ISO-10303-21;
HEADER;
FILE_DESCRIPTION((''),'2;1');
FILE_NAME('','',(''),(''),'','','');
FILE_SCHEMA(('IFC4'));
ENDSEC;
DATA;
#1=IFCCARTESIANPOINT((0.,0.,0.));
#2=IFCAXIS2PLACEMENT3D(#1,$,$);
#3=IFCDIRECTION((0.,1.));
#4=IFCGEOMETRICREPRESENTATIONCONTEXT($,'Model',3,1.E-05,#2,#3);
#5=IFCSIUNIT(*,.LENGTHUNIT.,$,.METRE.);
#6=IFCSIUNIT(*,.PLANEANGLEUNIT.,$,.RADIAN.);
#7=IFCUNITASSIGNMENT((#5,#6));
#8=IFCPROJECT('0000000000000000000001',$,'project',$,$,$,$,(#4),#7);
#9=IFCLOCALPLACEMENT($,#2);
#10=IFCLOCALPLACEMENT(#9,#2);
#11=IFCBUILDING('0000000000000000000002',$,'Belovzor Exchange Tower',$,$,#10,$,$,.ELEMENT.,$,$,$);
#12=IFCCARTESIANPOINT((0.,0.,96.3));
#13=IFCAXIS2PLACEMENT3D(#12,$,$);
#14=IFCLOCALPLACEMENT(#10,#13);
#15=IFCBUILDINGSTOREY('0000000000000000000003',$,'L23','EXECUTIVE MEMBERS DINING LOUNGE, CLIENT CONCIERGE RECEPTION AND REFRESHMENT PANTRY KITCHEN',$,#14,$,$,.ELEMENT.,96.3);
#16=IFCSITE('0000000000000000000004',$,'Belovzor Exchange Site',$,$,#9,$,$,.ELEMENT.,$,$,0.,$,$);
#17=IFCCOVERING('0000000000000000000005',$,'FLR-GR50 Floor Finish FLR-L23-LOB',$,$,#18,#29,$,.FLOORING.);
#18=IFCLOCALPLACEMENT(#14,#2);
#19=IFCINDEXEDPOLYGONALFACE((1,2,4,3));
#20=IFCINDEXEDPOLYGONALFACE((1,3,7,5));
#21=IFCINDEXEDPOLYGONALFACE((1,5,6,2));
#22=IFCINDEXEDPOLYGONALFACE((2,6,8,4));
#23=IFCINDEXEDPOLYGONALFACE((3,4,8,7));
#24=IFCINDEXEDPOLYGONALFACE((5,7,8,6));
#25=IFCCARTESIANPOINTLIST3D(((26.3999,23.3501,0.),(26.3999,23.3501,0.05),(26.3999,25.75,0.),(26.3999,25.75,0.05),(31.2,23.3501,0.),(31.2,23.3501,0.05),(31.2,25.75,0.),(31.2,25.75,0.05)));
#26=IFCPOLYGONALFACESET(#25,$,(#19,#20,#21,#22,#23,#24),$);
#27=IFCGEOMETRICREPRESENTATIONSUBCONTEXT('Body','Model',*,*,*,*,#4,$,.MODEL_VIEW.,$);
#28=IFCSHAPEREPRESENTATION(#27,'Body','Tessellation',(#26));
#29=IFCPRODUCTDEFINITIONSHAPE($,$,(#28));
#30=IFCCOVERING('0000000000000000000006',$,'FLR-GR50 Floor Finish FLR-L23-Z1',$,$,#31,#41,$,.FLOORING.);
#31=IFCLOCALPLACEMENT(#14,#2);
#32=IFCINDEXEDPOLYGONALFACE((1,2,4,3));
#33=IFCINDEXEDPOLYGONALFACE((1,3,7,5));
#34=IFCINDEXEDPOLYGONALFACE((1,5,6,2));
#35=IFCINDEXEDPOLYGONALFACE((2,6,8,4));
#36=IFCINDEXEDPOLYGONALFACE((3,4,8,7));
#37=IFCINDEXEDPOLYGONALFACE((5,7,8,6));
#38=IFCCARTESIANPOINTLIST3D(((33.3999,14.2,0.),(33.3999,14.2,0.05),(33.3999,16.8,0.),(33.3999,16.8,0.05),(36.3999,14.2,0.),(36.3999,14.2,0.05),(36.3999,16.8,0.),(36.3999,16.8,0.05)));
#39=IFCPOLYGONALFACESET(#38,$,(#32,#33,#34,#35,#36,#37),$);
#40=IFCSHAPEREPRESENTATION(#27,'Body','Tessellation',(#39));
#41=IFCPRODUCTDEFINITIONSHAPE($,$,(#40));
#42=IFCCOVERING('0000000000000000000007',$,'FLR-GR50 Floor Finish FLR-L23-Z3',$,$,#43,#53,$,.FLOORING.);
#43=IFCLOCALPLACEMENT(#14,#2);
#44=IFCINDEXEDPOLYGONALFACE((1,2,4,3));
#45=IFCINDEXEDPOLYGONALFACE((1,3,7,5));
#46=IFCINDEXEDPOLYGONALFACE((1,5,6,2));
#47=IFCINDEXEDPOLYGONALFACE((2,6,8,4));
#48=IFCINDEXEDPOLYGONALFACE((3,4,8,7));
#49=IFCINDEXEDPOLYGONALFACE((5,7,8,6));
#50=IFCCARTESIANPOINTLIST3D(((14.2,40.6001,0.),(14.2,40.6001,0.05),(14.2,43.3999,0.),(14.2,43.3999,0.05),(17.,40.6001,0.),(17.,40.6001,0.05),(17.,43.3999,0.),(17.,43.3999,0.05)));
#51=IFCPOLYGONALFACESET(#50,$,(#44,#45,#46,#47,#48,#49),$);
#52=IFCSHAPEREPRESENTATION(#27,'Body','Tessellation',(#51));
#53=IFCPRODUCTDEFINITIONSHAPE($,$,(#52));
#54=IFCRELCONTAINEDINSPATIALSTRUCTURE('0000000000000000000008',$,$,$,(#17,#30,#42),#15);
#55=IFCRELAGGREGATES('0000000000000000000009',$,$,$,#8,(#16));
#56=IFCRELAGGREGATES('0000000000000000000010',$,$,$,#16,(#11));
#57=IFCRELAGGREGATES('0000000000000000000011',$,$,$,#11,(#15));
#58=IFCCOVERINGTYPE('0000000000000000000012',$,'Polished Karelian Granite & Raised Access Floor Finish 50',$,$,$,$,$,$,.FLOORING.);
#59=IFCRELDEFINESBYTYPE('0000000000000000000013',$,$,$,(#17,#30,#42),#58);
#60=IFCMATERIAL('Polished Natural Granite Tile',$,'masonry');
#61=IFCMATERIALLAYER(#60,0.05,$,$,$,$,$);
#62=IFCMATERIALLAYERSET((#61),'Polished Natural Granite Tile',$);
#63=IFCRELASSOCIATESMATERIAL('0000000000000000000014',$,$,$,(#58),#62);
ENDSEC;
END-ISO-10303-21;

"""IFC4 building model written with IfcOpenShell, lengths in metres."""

from ifc_helpers import new_model, si_unit, direction, frame, origin, place, context, subcontext, project, spatial, polyline, outline, extrude, material, layer, layer_set, type_object, element, save


model = new_model("IFC4")

# Units and contexts
model_context = context("Model", 3, precision=1e-05, world=origin(), true_north=direction((0.0, 1.0)))
body_context = subcontext(model_context, "Body", "Model", "MODEL_VIEW")
ifc_project = project(units=[si_unit("LENGTHUNIT", "METRE"), si_unit("PLANEANGLEUNIT", "RADIAN")], contexts=[model_context])

# Site, building, storey
site_placement = place(None, origin())
site = spatial("IfcSite", under=ifc_project, at=site_placement, Name="Belovzor Exchange Site", CompositionType="ELEMENT", RefElevation=0.0)
building_placement = place(site_placement, origin())
building = spatial("IfcBuilding", under=site, at=building_placement, Name="Belovzor Exchange Tower", CompositionType="ELEMENT")
storey_placement = place(building_placement, frame((0.0, 0.0, 96.3)))
storey = spatial("IfcBuildingStorey", under=building, at=storey_placement, Name="L23", Description="EXECUTIVE MEMBERS DINING LOUNGE, CLIENT CONCIERGE RECEPTION AND REFRESHMENT PANTRY KITCHEN", CompositionType="ELEMENT", Elevation=96.3)

# Coverings
ifc_material_1 = material(Name="Polished Natural Granite Tile", Category="masonry")
ifc_layer_1 = layer(ifc_material_1, 0.05)
ifc_layer_set_1 = layer_set([ifc_layer_1], Name="Polished Natural Granite Tile")
covering_type_1 = type_object("IfcCoveringType", Name="Polished Karelian Granite & Raised Access Floor Finish 50", PredefinedType="FLOORING", material=ifc_layer_set_1)
covering_1_placement = place(storey_placement, origin())
element("IfcCovering", 1, at=covering_1_placement, inside=storey, type_object=covering_type_1, Name="FLR-GR50 Floor Finish FLR-L23-LOB", PredefinedType="FLOORING", context=body_context, shape_type="SweptSolid", body=[
    extrude(outline(polyline([(26.3999, 23.3501), (31.2, 23.3501), (31.2, 25.75), (26.3999, 25.75), (26.3999, 23.3501)])), origin(), (0.0, 0.0, 1.0), 0.05),
])
covering_2_placement = place(storey_placement, origin())
element("IfcCovering", 2, at=covering_2_placement, inside=storey, type_object=covering_type_1, Name="FLR-GR50 Floor Finish FLR-L23-Z1", PredefinedType="FLOORING", context=body_context, shape_type="SweptSolid", body=[
    extrude(outline(polyline([(33.3999, 14.2), (36.3999, 14.2), (36.3999, 16.8), (33.3999, 16.8), (33.3999, 14.2)])), origin(), (0.0, 0.0, 1.0), 0.05),
])
covering_3_placement = place(storey_placement, origin())
element("IfcCovering", 3, at=covering_3_placement, inside=storey, type_object=covering_type_1, Name="FLR-GR50 Floor Finish FLR-L23-Z3", PredefinedType="FLOORING", context=body_context, shape_type="SweptSolid", body=[
    extrude(outline(polyline([(14.2, 40.6001), (17.0, 40.6001), (17.0, 43.3999), (14.2, 43.3999), (14.2, 40.6001)])), origin(), (0.0, 0.0, 1.0), 0.05),
])

save(model, "model.ifc")
